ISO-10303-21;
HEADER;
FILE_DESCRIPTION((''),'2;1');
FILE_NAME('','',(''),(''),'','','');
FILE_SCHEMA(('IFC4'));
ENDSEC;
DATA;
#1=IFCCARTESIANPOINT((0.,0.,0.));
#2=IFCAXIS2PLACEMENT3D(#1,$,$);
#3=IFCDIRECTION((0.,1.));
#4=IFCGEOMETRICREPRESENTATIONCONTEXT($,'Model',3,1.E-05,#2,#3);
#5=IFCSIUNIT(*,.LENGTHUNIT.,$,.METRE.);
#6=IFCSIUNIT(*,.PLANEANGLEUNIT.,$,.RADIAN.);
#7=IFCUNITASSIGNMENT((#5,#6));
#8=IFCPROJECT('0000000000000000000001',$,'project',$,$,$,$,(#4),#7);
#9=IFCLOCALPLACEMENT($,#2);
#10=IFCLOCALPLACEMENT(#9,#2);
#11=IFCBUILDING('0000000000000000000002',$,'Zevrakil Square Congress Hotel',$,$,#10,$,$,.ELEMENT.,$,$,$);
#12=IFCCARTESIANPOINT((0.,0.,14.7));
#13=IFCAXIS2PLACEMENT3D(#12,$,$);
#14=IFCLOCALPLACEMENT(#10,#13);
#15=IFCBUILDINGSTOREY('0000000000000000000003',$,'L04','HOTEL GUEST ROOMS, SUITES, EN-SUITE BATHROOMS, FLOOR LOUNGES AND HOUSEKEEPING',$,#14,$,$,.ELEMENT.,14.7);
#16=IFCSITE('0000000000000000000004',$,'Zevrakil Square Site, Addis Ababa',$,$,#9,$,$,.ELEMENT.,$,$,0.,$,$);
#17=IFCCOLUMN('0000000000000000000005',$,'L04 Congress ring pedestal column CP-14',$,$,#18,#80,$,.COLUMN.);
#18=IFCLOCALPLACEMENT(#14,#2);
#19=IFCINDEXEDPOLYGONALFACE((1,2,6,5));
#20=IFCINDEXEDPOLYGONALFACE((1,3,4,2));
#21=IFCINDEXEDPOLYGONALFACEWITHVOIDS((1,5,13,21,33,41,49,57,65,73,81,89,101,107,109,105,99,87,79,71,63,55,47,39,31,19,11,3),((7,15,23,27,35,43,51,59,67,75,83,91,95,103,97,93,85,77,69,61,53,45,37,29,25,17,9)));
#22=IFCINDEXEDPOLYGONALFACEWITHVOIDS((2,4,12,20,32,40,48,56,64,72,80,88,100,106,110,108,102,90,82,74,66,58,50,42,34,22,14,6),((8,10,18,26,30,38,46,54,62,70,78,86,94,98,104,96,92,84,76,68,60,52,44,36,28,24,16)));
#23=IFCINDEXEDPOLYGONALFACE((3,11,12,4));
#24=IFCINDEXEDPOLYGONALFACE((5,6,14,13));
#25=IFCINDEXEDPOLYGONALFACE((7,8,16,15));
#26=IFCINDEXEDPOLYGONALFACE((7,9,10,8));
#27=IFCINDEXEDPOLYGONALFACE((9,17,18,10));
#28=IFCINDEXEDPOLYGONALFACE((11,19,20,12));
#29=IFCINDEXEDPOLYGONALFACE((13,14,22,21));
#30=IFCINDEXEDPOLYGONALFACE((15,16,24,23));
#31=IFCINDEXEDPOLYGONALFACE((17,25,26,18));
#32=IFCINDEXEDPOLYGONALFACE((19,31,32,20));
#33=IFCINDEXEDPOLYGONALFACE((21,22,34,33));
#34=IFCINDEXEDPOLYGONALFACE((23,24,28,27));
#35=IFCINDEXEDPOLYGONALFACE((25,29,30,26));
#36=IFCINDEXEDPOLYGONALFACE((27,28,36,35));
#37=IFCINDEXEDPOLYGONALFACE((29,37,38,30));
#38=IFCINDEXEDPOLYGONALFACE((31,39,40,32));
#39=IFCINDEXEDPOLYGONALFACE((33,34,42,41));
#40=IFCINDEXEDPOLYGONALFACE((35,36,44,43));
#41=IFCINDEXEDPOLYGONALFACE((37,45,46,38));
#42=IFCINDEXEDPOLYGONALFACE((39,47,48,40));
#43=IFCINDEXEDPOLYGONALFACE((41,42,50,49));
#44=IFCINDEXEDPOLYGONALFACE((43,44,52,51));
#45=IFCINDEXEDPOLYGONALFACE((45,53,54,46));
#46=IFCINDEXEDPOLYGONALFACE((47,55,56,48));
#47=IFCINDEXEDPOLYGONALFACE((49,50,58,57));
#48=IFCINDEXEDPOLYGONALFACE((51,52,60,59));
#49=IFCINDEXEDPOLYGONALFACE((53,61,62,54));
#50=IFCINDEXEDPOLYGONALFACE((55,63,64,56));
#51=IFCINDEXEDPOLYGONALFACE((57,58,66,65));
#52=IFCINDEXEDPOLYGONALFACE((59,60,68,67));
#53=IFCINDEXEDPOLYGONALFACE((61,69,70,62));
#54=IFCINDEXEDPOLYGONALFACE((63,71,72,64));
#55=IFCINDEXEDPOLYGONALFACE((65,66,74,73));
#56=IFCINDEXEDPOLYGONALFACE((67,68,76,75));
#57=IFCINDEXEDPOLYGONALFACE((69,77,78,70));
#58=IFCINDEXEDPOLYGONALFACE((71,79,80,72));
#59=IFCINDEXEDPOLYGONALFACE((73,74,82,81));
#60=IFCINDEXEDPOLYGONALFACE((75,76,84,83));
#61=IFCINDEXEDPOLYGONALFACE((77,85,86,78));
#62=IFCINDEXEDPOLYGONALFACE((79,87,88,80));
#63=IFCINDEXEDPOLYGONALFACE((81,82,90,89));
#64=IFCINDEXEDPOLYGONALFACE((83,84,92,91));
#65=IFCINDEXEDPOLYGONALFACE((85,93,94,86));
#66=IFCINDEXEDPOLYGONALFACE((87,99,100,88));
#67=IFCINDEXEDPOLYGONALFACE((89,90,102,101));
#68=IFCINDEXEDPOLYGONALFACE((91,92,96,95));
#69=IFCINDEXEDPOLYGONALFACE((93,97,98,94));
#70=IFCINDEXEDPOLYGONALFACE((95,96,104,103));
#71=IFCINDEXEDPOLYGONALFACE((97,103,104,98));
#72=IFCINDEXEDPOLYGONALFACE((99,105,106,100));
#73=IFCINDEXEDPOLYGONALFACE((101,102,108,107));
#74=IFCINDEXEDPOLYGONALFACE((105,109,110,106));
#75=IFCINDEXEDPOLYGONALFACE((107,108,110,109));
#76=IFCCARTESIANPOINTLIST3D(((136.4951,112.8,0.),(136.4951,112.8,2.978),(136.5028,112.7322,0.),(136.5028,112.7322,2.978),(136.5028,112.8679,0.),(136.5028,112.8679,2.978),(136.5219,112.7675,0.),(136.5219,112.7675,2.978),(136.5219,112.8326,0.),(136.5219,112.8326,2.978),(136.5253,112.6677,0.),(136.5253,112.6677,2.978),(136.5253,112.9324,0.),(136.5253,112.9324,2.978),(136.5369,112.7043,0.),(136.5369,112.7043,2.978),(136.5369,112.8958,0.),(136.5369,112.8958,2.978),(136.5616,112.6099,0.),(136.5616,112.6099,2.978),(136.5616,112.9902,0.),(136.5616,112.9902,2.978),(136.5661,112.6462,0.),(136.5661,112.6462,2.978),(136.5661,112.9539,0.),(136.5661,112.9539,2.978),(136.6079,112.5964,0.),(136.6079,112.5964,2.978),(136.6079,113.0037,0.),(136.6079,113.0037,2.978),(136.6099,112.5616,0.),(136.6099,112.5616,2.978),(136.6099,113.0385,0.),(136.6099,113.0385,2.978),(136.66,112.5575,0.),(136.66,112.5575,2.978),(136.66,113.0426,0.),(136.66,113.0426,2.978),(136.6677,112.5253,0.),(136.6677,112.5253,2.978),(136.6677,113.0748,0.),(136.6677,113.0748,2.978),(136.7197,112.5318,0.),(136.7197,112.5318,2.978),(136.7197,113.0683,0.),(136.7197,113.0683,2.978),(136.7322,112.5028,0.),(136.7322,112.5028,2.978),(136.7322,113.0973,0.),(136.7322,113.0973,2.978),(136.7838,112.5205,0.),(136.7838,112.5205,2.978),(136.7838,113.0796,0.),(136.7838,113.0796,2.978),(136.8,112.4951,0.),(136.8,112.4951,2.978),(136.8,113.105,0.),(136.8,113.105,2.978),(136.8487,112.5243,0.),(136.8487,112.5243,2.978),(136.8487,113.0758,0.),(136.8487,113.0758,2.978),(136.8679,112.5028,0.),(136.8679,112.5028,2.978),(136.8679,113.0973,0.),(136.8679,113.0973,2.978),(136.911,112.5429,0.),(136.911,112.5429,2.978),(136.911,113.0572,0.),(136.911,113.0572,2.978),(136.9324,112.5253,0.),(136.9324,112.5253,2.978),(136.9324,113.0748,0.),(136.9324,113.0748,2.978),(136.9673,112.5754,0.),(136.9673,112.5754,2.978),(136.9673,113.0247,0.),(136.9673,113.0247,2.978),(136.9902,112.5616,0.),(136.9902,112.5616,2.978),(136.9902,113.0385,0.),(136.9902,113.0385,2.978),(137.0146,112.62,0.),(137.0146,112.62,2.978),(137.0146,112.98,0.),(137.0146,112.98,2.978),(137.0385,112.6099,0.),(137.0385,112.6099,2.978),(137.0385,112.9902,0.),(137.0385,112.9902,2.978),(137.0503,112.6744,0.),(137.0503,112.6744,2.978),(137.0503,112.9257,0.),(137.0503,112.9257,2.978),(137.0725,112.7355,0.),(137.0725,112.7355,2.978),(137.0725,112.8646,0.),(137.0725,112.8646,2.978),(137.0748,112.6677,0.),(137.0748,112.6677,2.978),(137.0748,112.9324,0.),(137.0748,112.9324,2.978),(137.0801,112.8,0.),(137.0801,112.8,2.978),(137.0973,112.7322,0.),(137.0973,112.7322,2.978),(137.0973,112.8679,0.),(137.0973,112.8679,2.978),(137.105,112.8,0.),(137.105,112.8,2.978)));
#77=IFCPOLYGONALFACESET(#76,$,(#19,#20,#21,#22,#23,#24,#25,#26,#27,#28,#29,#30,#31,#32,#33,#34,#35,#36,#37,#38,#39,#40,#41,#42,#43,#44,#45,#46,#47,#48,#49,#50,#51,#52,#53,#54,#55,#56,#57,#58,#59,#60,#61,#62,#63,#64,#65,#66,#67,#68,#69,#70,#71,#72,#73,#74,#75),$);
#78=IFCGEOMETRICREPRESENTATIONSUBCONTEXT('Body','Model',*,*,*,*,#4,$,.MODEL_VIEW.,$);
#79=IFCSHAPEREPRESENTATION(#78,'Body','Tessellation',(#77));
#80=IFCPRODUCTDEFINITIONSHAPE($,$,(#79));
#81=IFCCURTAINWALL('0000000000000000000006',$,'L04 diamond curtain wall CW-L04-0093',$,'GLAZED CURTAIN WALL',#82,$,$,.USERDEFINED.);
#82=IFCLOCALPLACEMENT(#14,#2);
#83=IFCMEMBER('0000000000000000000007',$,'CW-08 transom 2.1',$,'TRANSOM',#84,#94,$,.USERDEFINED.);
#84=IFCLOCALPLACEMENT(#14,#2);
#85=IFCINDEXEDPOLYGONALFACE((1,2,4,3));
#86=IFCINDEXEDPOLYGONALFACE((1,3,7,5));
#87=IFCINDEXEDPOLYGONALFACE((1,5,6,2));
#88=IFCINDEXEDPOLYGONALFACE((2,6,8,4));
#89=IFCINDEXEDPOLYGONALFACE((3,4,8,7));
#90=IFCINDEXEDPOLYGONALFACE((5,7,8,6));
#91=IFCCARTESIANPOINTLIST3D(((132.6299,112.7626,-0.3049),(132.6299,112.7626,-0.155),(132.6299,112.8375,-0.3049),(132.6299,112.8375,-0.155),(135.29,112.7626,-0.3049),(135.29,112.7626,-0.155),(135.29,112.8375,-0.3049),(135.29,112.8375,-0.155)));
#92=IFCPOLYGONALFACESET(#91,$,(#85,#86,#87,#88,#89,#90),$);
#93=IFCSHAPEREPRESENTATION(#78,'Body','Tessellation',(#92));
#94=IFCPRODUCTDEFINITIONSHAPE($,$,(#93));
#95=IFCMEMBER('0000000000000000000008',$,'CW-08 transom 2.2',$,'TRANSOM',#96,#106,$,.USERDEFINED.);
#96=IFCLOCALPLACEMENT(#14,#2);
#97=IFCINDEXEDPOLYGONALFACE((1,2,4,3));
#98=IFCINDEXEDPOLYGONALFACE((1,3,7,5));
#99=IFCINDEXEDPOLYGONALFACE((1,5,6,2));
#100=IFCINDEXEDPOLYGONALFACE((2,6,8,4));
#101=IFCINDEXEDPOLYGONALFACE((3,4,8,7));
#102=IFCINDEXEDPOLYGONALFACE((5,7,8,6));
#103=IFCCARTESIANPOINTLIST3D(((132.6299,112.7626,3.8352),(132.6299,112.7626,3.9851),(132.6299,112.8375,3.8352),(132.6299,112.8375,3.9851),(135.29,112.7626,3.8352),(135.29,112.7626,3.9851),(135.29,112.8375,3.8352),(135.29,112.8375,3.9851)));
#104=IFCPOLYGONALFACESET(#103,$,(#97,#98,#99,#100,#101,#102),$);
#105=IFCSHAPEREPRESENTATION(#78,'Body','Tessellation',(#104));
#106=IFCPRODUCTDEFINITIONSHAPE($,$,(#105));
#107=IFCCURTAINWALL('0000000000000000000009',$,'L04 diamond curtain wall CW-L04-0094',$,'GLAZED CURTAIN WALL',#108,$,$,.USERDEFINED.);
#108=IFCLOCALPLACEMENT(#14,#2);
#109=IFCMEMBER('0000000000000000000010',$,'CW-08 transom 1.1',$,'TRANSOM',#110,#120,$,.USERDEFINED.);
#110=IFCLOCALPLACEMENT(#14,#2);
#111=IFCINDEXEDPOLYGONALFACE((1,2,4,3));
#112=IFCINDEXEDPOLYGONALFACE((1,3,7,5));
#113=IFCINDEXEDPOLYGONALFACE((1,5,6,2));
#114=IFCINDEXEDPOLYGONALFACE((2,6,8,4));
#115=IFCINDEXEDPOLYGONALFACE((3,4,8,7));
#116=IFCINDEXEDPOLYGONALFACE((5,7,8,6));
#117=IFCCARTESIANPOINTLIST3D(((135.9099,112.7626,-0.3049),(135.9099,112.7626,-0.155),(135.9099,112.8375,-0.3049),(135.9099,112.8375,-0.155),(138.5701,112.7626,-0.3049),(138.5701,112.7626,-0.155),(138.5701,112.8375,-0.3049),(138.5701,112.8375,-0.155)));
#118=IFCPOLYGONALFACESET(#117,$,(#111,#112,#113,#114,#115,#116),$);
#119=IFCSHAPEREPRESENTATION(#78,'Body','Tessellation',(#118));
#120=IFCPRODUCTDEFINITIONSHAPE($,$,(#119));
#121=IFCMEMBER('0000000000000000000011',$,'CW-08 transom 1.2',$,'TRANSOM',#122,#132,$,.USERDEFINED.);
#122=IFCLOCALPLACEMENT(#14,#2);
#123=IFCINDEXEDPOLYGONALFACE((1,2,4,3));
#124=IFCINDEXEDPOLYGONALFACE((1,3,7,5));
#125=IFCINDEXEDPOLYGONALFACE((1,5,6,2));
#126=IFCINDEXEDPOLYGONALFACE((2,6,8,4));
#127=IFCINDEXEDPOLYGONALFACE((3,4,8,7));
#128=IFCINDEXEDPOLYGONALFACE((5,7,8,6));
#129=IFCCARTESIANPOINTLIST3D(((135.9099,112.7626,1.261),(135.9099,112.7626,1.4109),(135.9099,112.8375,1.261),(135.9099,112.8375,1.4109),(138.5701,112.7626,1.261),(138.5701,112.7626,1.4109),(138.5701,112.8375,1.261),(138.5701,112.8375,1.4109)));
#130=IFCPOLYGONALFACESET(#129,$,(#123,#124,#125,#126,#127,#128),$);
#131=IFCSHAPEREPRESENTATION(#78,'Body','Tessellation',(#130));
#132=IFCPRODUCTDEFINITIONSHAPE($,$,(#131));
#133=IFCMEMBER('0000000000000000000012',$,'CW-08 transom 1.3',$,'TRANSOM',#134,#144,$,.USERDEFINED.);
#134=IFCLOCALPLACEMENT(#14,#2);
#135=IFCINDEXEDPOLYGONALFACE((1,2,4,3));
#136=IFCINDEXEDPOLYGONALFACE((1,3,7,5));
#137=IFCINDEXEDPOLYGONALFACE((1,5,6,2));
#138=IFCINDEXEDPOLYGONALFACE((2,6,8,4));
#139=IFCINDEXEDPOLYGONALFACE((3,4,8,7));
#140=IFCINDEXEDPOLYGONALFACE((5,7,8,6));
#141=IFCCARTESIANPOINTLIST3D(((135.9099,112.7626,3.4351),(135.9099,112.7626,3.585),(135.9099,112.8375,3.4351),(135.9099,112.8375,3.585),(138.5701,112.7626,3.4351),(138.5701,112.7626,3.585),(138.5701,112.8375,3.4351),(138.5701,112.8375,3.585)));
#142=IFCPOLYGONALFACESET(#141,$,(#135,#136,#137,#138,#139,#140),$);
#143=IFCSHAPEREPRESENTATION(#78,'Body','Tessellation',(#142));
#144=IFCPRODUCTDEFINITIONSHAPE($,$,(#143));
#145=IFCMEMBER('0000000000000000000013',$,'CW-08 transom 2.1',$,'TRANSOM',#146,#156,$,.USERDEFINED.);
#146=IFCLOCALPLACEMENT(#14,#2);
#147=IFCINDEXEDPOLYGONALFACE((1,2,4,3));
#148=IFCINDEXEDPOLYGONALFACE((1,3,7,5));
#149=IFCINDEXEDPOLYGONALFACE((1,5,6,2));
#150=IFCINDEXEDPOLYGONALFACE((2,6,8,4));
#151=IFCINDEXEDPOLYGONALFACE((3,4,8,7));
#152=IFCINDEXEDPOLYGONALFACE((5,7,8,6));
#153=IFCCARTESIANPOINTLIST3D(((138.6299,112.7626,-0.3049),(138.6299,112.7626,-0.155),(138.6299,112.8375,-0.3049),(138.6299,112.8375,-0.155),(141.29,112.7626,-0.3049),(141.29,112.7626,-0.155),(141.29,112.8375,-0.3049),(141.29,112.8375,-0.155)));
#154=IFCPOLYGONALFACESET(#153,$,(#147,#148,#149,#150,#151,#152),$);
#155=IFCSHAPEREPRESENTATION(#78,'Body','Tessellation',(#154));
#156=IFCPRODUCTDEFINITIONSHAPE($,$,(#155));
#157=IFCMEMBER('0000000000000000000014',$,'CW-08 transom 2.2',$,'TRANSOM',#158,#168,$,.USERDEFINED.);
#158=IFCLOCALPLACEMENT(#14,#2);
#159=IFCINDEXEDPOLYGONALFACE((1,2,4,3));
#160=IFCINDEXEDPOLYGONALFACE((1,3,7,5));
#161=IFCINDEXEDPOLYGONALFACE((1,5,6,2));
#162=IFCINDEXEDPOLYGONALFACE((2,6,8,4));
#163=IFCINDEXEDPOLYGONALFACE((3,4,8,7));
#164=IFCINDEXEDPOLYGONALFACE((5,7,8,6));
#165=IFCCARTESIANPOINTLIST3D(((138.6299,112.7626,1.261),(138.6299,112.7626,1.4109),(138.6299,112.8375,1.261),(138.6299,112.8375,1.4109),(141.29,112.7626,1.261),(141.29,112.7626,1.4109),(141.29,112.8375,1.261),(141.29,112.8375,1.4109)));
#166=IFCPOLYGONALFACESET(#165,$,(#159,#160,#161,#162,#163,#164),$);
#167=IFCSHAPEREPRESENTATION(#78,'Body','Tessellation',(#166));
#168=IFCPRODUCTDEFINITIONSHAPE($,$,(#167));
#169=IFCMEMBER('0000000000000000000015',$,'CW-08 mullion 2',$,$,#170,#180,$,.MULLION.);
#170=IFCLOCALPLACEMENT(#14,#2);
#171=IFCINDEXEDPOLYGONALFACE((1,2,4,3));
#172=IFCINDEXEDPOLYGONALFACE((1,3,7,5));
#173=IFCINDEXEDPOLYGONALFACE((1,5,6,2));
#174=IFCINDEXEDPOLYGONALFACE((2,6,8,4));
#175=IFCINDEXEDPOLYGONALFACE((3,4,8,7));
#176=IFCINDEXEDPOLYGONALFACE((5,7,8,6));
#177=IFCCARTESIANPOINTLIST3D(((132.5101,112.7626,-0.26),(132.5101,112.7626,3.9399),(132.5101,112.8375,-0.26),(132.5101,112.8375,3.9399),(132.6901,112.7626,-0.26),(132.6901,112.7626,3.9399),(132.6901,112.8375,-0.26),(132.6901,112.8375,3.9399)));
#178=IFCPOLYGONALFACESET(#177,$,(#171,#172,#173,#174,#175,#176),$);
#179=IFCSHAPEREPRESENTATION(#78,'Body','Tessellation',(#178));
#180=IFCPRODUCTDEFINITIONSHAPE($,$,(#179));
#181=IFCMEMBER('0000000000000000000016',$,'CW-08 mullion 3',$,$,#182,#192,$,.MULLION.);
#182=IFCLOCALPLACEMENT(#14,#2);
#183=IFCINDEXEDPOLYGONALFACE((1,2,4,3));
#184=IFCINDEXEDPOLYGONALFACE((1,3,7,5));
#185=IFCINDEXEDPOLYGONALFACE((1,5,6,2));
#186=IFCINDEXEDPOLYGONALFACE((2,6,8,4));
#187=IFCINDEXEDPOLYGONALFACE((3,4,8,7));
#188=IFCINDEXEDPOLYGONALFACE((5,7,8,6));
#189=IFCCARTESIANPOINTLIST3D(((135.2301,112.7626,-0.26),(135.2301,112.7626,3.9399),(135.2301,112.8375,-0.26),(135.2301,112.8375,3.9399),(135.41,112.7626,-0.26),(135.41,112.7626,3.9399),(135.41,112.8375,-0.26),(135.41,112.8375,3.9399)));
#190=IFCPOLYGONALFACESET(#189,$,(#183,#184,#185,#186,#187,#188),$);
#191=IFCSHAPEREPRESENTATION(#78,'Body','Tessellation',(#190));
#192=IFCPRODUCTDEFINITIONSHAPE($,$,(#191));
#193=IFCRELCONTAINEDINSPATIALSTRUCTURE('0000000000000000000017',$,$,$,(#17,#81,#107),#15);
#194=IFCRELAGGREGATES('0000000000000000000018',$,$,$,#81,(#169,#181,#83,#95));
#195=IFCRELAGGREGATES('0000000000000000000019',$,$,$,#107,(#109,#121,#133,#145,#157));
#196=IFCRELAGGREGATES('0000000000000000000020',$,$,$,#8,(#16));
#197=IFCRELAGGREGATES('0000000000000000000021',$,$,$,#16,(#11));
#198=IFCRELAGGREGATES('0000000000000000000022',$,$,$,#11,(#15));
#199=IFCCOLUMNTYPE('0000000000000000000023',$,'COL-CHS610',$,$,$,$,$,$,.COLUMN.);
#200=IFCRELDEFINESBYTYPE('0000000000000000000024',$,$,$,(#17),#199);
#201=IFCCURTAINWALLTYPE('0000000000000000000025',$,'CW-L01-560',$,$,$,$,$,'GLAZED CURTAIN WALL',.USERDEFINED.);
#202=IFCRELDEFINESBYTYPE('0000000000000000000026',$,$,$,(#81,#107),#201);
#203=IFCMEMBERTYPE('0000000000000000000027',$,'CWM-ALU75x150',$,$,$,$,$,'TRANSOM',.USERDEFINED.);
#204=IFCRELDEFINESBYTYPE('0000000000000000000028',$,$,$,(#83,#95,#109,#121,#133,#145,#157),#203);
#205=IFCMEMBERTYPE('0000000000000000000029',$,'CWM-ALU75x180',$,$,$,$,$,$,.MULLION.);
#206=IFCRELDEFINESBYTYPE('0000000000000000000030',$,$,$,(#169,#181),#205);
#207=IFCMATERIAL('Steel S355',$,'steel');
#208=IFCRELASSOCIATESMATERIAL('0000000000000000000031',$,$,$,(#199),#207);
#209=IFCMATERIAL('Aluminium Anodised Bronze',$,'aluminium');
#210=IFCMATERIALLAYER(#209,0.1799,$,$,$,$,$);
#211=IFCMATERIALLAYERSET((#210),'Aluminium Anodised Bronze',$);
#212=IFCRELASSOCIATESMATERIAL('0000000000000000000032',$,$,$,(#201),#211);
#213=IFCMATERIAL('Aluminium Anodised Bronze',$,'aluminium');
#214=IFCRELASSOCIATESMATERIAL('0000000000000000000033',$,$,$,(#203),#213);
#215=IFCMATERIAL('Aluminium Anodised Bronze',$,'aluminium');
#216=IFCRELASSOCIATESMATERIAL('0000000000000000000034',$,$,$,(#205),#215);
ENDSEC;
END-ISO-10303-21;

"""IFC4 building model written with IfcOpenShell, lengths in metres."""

from ifc_helpers import new_model, si_unit, direction, frame, origin, origin_2d, place, context, subcontext, project, spatial, rectangle, hollow_circle, extrude, material, layer, layer_set, material_profile, profile_set, type_object, element, aggregate, save


model = new_model("IFC4")

# Units and contexts
model_context = context("Model", 3, precision=1e-05, world=origin(), true_north=direction((0.0, 1.0)))
body_context = subcontext(model_context, "Body", "Model", "MODEL_VIEW")
ifc_project = project(units=[si_unit("LENGTHUNIT", "METRE"), si_unit("PLANEANGLEUNIT", "RADIAN")], contexts=[model_context])

# Site, building, storey
site_placement = place(None, origin())
site = spatial("IfcSite", under=ifc_project, at=site_placement, Name="Zevrakil Square Site, Addis Ababa", CompositionType="ELEMENT", RefElevation=0.0)
building_placement = place(site_placement, origin())
building = spatial("IfcBuilding", under=site, at=building_placement, Name="Zevrakil Square Congress Hotel", CompositionType="ELEMENT")
storey_placement = place(building_placement, frame((0.0, 0.0, 14.7)))
storey = spatial("IfcBuildingStorey", under=building, at=storey_placement, Name="L04", Description="HOTEL GUEST ROOMS, SUITES, EN-SUITE BATHROOMS, FLOOR LOUNGES AND HOUSEKEEPING", CompositionType="ELEMENT", Elevation=14.7)

# Column
ifc_material_1 = material(Name="Steel S355", Category="steel")
ifc_material_profile_1 = material_profile(ifc_material_1, hollow_circle(Radius=0.3049, WallThickness=0.0249, at=origin_2d()), Name="CHS 610x25")
ifc_profile_set_1 = profile_set([ifc_material_profile_1], Name="Steel S355")
column_type = type_object("IfcColumnType", Name="COL-CHS610", PredefinedType="COLUMN", material=ifc_profile_set_1)
column_placement = place(storey_placement, frame((136.8, 112.8, 0.0), z_axis=(0.0, 0.0, 1.0), x_axis=(1.0, 0.0, 0.0)))
element("IfcColumn", 1, at=column_placement, inside=storey, type_object=column_type, Name="L04 Congress ring pedestal column CP-14", PredefinedType="COLUMN", context=body_context, shape_type="SweptSolid", body=[
    extrude(hollow_circle(Radius=0.3049, WallThickness=0.0249, at=origin_2d()), origin(), (0.0, 0.0, 1.0), 2.978),
])

# Curtain walls, members
ifc_material_2 = material(Name="Aluminium Anodised Bronze", Category="aluminium")
ifc_layer_1 = layer(ifc_material_2, 0.1799)
ifc_layer_set_1 = layer_set([ifc_layer_1], Name="Aluminium Anodised Bronze")
curtain_wall_type = type_object("IfcCurtainWallType", Name="CW-L01-560", ElementType="GLAZED CURTAIN WALL", PredefinedType="USERDEFINED", material=ifc_layer_set_1)
curtain_wall_1_placement = place(storey_placement, origin())
curtain_wall_1 = element("IfcCurtainWall", 2, at=curtain_wall_1_placement, inside=storey, type_object=curtain_wall_type, Name="L04 diamond curtain wall CW-L04-0093", ObjectType="GLAZED CURTAIN WALL", PredefinedType="USERDEFINED")
ifc_material_3 = material(Name="Aluminium Anodised Bronze", Category="aluminium")
ifc_material_profile_2 = material_profile(ifc_material_3, rectangle(XDim=0.075, YDim=0.1499, at=origin_2d()), Name="ALU 75x150")
ifc_profile_set_2 = profile_set([ifc_material_profile_2], Name="Aluminium Anodised Bronze")
member_type_1 = type_object("IfcMemberType", Name="CWM-ALU75x150", ElementType="TRANSOM", PredefinedType="USERDEFINED", material=ifc_profile_set_2)
member_1_placement = place(storey_placement, frame((132.6299, 112.8, -0.23), z_axis=(1.0, 0.0, 0.0), x_axis=(0.0, 1.0, 0.0)))
member_1 = element("IfcMember", 3, at=member_1_placement, type_object=member_type_1, Name="CW-08 transom 2.1", ObjectType="TRANSOM", PredefinedType="USERDEFINED", context=body_context, shape_type="SweptSolid", body=[
    extrude(rectangle(XDim=0.075, YDim=0.1499, at=origin_2d()), origin(), (0.0, 0.0, 1.0), 2.6602),
])
member_2_placement = place(storey_placement, frame((132.6299, 112.8, 3.9102), z_axis=(1.0, 0.0, 0.0), x_axis=(0.0, 1.0, 0.0)))
member_2 = element("IfcMember", 4, at=member_2_placement, type_object=member_type_1, Name="CW-08 transom 2.2", ObjectType="TRANSOM", PredefinedType="USERDEFINED", context=body_context, shape_type="SweptSolid", body=[
    extrude(rectangle(XDim=0.075, YDim=0.1499, at=origin_2d()), origin(), (0.0, 0.0, 1.0), 2.6602),
])
curtain_wall_2_placement = place(storey_placement, origin())
curtain_wall_2 = element("IfcCurtainWall", 5, at=curtain_wall_2_placement, inside=storey, type_object=curtain_wall_type, Name="L04 diamond curtain wall CW-L04-0094", ObjectType="GLAZED CURTAIN WALL", PredefinedType="USERDEFINED")
member_3_placement = place(storey_placement, frame((135.9099, 112.8, -0.23), z_axis=(1.0, 0.0, 0.0), x_axis=(0.0, 1.0, 0.0)))
member_3 = element("IfcMember", 6, at=member_3_placement, type_object=member_type_1, Name="CW-08 transom 1.1", ObjectType="TRANSOM", PredefinedType="USERDEFINED", context=body_context, shape_type="SweptSolid", body=[
    extrude(rectangle(XDim=0.075, YDim=0.1499, at=origin_2d()), origin(), (0.0, 0.0, 1.0), 2.6602),
])
member_4_placement = place(storey_placement, frame((135.9099, 112.8, 1.3359), z_axis=(1.0, 0.0, 0.0), x_axis=(0.0, 1.0, 0.0)))
member_4 = element("IfcMember", 7, at=member_4_placement, type_object=member_type_1, Name="CW-08 transom 1.2", ObjectType="TRANSOM", PredefinedType="USERDEFINED", context=body_context, shape_type="SweptSolid", body=[
    extrude(rectangle(XDim=0.075, YDim=0.1499, at=origin_2d()), origin(), (0.0, 0.0, 1.0), 2.6602),
])
member_5_placement = place(storey_placement, frame((135.9099, 112.8, 3.51), z_axis=(1.0, 0.0, 0.0), x_axis=(0.0, 1.0, 0.0)))
member_5 = element("IfcMember", 8, at=member_5_placement, type_object=member_type_1, Name="CW-08 transom 1.3", ObjectType="TRANSOM", PredefinedType="USERDEFINED", context=body_context, shape_type="SweptSolid", body=[
    extrude(rectangle(XDim=0.075, YDim=0.1499, at=origin_2d()), origin(), (0.0, 0.0, 1.0), 2.6602),
])
member_6_placement = place(storey_placement, frame((138.6299, 112.8, -0.23), z_axis=(1.0, 0.0, 0.0), x_axis=(0.0, 1.0, 0.0)))
member_6 = element("IfcMember", 9, at=member_6_placement, type_object=member_type_1, Name="CW-08 transom 2.1", ObjectType="TRANSOM", PredefinedType="USERDEFINED", context=body_context, shape_type="SweptSolid", body=[
    extrude(rectangle(XDim=0.075, YDim=0.1499, at=origin_2d()), origin(), (0.0, 0.0, 1.0), 2.6602),
])
member_7_placement = place(storey_placement, frame((138.6299, 112.8, 1.3359), z_axis=(1.0, 0.0, 0.0), x_axis=(0.0, 1.0, 0.0)))
member_7 = element("IfcMember", 10, at=member_7_placement, type_object=member_type_1, Name="CW-08 transom 2.2", ObjectType="TRANSOM", PredefinedType="USERDEFINED", context=body_context, shape_type="SweptSolid", body=[
    extrude(rectangle(XDim=0.075, YDim=0.1499, at=origin_2d()), origin(), (0.0, 0.0, 1.0), 2.6602),
])

# Members
ifc_material_4 = material(Name="Aluminium Anodised Bronze", Category="aluminium")
ifc_material_profile_3 = material_profile(ifc_material_4, rectangle(XDim=0.075, YDim=0.1799, at=origin_2d()), Name="ALU 75x180")
ifc_profile_set_3 = profile_set([ifc_material_profile_3], Name="Aluminium Anodised Bronze")
member_type_2 = type_object("IfcMemberType", Name="CWM-ALU75x180", PredefinedType="MULLION", material=ifc_profile_set_3)
member_8_placement = place(storey_placement, frame((132.6001, 112.8, -0.26), z_axis=(0.0, 0.0, 1.0), x_axis=(0.0, 1.0, 0.0)))
member_8 = element("IfcMember", 11, at=member_8_placement, type_object=member_type_2, Name="CW-08 mullion 2", PredefinedType="MULLION", context=body_context, shape_type="SweptSolid", body=[
    extrude(rectangle(XDim=0.075, YDim=0.1799, at=origin_2d()), origin(), (0.0, 0.0, 1.0), 4.2),
])
member_9_placement = place(storey_placement, frame((135.3201, 112.8, -0.26), z_axis=(0.0, 0.0, 1.0), x_axis=(0.0, 1.0, 0.0)))
member_9 = element("IfcMember", 12, at=member_9_placement, type_object=member_type_2, Name="CW-08 mullion 3", PredefinedType="MULLION", context=body_context, shape_type="SweptSolid", body=[
    extrude(rectangle(XDim=0.075, YDim=0.1799, at=origin_2d()), origin(), (0.0, 0.0, 1.0), 4.2),
])

aggregate(curtain_wall_1, [member_8, member_9, member_1, member_2])
aggregate(curtain_wall_2, [member_3, member_4, member_5, member_6, member_7])

save(model, "model.ifc")
